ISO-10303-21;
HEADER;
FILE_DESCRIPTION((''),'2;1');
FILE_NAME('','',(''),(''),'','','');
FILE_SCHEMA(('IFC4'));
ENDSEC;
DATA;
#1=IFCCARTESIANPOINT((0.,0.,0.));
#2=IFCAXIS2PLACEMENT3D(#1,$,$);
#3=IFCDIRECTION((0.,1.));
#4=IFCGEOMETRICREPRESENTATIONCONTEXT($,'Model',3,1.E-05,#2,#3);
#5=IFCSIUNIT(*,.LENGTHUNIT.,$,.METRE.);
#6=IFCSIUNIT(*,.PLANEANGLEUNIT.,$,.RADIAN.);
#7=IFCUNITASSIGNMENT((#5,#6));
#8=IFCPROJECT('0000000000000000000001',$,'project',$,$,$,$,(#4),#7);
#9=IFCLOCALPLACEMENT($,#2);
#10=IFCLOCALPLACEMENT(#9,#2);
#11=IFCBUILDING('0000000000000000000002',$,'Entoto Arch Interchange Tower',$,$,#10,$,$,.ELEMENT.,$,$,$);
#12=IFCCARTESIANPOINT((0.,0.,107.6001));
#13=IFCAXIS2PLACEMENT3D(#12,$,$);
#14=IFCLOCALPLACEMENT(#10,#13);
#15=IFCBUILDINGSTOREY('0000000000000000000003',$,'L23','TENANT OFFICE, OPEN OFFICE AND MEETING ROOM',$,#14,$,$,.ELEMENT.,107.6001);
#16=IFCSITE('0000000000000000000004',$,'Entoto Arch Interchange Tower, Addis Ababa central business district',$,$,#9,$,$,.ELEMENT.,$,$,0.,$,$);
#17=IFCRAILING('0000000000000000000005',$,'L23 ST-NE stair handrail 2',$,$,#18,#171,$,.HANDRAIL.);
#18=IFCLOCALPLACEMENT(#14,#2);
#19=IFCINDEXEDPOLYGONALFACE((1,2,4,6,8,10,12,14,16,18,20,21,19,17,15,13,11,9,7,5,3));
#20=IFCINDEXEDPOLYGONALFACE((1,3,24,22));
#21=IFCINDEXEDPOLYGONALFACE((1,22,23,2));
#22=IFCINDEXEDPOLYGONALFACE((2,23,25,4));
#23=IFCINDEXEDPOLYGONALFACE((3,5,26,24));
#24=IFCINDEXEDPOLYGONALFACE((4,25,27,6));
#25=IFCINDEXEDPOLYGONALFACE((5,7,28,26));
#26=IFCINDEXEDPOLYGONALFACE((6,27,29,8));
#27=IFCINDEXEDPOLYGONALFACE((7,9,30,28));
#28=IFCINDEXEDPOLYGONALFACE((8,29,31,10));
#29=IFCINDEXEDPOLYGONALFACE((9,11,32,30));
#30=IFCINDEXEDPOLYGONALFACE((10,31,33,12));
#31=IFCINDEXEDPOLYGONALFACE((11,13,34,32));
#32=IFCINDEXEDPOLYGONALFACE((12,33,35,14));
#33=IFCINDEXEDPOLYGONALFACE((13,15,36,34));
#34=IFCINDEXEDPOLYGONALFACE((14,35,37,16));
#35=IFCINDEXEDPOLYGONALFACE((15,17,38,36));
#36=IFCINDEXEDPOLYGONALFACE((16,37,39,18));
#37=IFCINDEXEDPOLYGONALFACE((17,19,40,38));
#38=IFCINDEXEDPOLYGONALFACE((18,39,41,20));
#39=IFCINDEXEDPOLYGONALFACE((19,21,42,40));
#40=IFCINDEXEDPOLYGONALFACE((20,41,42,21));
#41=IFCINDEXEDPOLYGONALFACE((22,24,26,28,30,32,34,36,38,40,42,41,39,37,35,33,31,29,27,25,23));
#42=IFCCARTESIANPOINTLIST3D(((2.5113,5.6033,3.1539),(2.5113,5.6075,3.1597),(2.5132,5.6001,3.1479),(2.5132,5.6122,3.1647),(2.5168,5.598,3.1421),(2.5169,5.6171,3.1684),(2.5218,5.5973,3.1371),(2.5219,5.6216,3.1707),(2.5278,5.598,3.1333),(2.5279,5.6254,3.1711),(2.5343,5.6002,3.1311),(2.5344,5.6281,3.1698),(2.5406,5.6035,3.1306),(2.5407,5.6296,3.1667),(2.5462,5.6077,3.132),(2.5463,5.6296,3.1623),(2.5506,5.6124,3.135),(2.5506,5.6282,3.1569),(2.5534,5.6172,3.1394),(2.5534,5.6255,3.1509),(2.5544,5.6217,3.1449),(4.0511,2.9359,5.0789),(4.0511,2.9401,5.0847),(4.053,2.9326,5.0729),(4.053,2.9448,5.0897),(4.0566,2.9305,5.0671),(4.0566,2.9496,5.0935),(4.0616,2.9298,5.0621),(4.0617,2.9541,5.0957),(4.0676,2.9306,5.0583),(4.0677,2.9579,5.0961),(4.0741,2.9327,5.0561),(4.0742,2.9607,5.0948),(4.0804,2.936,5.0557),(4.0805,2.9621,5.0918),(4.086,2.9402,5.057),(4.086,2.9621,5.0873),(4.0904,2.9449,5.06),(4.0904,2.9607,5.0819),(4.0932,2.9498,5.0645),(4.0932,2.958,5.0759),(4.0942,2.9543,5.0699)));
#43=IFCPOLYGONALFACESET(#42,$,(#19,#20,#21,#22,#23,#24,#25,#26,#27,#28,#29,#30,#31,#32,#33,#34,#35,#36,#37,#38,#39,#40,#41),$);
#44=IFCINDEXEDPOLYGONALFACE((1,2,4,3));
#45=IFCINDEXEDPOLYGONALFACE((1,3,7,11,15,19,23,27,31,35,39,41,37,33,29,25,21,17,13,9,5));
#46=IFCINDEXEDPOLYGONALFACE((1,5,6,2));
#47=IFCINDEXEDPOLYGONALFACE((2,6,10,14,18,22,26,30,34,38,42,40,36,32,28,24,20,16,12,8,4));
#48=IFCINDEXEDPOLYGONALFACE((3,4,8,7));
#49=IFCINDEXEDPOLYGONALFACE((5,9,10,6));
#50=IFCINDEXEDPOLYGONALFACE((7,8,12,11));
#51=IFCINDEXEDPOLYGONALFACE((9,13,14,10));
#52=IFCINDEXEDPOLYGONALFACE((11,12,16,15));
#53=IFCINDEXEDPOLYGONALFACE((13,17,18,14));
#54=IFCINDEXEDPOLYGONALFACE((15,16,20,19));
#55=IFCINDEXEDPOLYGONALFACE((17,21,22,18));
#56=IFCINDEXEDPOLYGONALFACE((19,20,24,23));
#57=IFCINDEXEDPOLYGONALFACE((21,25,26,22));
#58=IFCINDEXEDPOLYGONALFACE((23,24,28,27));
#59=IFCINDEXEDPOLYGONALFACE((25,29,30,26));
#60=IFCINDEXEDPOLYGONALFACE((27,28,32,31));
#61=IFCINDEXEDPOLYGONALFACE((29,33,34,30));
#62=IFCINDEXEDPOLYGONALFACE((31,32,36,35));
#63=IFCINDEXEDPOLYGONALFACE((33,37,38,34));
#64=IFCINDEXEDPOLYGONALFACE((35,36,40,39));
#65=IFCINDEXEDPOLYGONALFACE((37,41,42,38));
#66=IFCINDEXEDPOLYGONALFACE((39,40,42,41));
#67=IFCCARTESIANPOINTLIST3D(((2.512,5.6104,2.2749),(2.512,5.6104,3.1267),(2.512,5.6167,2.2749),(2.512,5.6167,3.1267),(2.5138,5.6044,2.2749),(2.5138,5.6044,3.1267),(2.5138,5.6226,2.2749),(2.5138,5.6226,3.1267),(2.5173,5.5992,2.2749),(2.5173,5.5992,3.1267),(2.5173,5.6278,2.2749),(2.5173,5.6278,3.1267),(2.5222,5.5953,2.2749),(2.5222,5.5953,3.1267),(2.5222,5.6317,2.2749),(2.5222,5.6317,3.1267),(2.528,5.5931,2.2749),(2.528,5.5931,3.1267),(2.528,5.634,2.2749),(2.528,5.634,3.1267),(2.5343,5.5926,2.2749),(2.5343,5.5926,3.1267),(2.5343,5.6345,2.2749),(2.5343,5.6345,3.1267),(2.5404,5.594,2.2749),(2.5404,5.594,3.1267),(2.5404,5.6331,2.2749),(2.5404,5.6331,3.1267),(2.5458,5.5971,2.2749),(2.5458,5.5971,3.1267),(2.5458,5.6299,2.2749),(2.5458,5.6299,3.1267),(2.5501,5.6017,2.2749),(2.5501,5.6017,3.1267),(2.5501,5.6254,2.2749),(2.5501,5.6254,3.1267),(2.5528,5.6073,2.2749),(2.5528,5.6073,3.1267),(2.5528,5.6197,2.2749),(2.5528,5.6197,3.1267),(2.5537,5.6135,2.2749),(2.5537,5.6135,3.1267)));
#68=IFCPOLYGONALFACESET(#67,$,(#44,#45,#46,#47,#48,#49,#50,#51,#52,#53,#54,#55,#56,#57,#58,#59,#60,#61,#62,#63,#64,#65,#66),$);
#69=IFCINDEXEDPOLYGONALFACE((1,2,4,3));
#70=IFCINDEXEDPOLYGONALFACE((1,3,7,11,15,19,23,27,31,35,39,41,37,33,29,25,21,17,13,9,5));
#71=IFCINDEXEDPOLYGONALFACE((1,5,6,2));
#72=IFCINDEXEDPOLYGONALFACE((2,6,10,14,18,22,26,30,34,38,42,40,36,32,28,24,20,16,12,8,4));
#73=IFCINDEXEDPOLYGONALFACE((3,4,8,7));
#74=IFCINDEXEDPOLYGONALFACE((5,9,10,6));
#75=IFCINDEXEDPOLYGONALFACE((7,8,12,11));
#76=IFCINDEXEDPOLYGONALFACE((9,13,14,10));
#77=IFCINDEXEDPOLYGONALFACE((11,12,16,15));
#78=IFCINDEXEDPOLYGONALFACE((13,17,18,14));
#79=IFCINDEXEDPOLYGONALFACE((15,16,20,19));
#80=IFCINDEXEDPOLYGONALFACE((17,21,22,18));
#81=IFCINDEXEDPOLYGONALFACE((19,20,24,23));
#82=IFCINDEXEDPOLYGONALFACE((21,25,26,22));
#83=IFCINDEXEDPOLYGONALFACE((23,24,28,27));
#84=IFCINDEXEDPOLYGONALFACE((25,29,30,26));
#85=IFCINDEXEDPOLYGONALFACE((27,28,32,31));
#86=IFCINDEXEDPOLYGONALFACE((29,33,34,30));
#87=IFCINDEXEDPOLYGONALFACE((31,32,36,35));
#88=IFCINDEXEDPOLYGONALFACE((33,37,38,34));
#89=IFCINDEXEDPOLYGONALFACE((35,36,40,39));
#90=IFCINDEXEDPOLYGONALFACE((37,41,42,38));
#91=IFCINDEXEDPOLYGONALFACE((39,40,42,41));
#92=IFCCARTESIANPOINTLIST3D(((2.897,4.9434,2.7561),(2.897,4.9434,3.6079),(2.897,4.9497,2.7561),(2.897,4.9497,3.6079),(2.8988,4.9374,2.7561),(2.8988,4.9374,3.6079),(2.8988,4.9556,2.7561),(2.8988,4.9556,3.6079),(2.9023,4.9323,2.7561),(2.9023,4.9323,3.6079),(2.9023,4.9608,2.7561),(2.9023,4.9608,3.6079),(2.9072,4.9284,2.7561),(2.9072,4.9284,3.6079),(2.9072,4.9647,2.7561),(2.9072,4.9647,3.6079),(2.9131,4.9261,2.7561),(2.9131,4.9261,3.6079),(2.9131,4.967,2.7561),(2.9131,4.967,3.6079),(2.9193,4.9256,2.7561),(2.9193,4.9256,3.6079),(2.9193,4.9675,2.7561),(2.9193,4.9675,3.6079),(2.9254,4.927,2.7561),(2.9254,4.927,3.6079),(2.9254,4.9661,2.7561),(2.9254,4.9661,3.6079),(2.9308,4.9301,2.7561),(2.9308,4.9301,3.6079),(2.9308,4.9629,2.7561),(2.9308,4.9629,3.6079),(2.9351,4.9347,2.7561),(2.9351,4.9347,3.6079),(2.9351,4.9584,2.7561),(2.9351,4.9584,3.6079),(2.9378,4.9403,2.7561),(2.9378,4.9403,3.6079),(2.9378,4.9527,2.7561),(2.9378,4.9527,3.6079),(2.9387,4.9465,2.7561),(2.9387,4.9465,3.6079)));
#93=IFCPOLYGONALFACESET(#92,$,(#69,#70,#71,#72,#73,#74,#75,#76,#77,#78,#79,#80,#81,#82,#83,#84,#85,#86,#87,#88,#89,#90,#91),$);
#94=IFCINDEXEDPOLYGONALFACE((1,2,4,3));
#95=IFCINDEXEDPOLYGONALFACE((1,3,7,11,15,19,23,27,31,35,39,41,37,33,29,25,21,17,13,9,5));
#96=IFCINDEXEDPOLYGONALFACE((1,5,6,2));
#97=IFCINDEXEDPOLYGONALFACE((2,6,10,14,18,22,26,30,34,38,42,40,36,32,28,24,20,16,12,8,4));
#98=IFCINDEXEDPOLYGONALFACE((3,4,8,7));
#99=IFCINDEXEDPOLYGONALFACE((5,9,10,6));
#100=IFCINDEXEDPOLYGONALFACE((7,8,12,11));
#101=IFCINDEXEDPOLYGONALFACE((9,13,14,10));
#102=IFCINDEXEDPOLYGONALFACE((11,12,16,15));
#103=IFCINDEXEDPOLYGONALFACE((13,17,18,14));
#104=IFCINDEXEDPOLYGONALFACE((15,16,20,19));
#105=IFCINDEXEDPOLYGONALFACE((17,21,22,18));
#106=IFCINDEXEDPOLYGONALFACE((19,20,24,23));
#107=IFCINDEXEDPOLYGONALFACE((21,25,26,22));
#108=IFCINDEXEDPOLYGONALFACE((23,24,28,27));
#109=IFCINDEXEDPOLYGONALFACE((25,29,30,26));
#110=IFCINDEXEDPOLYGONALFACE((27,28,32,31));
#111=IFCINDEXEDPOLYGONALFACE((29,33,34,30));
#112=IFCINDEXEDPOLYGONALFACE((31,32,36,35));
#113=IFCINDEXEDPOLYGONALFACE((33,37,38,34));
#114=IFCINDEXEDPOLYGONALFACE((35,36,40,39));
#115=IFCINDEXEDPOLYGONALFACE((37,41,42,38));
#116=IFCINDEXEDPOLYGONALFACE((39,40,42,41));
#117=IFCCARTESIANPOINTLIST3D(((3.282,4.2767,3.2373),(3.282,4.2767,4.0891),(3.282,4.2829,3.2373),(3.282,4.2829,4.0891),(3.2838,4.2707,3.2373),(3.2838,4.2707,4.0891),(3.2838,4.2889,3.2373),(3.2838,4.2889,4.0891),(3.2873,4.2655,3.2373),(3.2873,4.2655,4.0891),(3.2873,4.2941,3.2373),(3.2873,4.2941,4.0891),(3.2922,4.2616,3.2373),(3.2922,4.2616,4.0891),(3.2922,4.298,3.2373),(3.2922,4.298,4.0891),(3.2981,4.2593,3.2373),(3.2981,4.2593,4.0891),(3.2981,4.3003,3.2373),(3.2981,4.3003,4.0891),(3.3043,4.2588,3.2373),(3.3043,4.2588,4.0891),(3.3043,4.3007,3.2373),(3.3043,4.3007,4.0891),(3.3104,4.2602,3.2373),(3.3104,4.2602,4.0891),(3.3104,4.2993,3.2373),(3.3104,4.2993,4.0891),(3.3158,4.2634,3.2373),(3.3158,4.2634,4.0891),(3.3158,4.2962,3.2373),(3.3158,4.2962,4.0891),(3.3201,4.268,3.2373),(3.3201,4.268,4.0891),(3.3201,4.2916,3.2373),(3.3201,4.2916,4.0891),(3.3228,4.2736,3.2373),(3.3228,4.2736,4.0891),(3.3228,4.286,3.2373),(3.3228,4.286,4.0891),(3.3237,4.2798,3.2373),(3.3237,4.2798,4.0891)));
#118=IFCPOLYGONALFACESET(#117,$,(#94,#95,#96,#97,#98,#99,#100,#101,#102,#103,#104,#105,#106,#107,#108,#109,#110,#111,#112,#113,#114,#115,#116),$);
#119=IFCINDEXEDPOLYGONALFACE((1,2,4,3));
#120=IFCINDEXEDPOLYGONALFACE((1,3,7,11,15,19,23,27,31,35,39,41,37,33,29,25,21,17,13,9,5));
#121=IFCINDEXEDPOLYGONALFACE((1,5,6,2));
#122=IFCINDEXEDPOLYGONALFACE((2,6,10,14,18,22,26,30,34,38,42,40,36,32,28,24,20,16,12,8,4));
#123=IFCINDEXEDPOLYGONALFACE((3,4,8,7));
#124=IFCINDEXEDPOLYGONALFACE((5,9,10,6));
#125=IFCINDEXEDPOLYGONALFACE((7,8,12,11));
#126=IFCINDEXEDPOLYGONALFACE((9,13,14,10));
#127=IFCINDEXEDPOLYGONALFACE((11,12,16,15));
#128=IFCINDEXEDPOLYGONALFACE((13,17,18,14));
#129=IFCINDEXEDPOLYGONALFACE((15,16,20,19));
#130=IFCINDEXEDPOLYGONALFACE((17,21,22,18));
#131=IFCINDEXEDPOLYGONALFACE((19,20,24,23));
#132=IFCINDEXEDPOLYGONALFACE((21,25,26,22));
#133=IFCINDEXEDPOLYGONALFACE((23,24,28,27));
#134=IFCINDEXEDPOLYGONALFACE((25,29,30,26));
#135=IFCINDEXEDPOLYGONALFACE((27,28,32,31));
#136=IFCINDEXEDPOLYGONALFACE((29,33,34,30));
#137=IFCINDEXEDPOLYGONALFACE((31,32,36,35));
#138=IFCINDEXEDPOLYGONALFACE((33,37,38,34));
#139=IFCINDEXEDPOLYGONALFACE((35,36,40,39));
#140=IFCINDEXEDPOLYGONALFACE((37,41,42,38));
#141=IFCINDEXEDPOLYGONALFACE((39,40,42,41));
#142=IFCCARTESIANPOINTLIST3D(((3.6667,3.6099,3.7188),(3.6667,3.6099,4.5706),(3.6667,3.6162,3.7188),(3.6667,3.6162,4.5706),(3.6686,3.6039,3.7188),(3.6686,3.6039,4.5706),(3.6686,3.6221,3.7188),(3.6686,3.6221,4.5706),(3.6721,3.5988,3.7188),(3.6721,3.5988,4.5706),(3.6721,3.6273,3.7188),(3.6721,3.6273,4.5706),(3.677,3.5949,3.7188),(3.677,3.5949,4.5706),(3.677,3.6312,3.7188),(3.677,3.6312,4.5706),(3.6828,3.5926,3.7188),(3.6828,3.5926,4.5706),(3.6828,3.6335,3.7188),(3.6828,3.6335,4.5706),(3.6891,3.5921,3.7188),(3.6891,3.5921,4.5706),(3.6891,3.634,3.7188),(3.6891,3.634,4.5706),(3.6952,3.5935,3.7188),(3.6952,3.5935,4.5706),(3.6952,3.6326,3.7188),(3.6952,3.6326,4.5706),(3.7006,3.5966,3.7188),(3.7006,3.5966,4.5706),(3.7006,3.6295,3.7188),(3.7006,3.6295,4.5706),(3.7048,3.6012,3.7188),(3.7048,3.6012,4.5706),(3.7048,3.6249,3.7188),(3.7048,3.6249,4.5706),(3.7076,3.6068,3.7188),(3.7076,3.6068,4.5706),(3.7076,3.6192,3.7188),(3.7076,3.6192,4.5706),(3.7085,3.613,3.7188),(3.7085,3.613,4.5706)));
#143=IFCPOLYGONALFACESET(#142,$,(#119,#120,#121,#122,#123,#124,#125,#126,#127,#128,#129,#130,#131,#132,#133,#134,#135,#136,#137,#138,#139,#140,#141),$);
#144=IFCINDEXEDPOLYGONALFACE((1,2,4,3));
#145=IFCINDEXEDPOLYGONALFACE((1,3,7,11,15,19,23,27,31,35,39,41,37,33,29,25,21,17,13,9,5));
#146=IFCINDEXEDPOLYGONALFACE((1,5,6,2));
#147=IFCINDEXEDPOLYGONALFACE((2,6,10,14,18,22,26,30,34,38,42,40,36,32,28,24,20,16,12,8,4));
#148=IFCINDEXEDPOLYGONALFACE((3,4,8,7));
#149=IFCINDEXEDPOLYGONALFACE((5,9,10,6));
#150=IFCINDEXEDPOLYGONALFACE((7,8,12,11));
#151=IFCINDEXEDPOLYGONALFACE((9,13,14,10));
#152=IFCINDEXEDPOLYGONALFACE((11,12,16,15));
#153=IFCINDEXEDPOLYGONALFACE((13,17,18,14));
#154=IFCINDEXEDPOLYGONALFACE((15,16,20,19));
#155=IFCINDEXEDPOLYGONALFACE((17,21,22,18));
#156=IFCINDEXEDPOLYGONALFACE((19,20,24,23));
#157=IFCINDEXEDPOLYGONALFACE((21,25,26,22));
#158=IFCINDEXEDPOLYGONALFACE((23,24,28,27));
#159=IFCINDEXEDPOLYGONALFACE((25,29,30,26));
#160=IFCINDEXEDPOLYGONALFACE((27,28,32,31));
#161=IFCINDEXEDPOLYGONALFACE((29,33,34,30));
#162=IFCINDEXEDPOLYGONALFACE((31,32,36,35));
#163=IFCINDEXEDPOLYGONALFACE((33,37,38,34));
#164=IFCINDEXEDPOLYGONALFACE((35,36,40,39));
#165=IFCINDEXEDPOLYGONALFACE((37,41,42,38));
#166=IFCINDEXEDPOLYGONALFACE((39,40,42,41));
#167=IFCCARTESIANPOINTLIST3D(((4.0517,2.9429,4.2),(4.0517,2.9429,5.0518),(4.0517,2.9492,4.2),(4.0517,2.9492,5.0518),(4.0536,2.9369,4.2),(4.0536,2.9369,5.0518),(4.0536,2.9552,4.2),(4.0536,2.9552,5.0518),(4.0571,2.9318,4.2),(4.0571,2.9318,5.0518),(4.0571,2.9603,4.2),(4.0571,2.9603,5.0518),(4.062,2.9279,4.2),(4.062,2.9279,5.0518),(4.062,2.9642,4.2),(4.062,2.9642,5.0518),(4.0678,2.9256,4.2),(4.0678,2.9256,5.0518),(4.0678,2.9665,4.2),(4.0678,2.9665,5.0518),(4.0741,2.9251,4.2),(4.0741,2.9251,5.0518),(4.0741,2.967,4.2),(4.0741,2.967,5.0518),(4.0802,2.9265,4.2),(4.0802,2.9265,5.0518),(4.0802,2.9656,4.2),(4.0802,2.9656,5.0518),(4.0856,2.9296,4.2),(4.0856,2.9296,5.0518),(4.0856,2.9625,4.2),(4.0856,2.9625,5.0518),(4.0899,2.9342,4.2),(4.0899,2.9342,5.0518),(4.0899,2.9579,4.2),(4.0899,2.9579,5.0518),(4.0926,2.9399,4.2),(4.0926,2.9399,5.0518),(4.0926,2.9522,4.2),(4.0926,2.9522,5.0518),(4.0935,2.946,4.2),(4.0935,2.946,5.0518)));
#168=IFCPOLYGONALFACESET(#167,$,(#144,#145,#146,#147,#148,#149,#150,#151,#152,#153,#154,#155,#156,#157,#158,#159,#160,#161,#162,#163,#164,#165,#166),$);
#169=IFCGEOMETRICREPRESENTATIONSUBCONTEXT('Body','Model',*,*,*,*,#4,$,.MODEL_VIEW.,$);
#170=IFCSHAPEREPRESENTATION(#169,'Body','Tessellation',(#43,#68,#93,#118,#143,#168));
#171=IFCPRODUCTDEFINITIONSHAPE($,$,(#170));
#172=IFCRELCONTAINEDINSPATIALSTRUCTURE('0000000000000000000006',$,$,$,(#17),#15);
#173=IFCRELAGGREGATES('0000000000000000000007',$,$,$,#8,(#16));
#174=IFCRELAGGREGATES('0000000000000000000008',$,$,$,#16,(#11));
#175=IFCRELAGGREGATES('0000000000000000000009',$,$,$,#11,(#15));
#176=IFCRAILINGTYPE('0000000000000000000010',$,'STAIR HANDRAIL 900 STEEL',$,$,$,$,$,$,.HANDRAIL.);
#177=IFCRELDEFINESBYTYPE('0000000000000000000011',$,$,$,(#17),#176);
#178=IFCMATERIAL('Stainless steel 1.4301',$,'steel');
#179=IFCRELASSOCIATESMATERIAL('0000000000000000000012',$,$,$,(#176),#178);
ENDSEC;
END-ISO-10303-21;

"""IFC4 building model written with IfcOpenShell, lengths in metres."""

from ifc_helpers import new_model, si_unit, direction, frame, origin, origin_2d, place, context, subcontext, project, spatial, circle, extrude, material, type_object, element, save


model = new_model("IFC4")

# Units and contexts
model_context = context("Model", 3, precision=1e-05, world=origin(), true_north=direction((0.0, 1.0)))
body_context = subcontext(model_context, "Body", "Model", "MODEL_VIEW")
ifc_project = project(units=[si_unit("LENGTHUNIT", "METRE"), si_unit("PLANEANGLEUNIT", "RADIAN")], contexts=[model_context])

# Site, building, storey
site_placement = place(None, origin())
site = spatial("IfcSite", under=ifc_project, at=site_placement, Name="Entoto Arch Interchange Tower, Addis Ababa central business district", CompositionType="ELEMENT", RefElevation=0.0)
building_placement = place(site_placement, origin())
building = spatial("IfcBuilding", under=site, at=building_placement, Name="Entoto Arch Interchange Tower", CompositionType="ELEMENT")
storey_placement = place(building_placement, frame((0.0, 0.0, 107.6001)))
storey = spatial("IfcBuildingStorey", under=building, at=storey_placement, Name="L23", Description="TENANT OFFICE, OPEN OFFICE AND MEETING ROOM", CompositionType="ELEMENT", Elevation=107.6001)

# Railing
ifc_material_1 = material(Name="Stainless steel 1.4301", Category="steel")
railing_type_1 = type_object("IfcRailingType", Name="STAIR HANDRAIL 900 STEEL", PredefinedType="HANDRAIL", material=ifc_material_1)
railing_1_placement = place(storey_placement, frame((2.5327, 5.6135, 2.2749)))
element("IfcRailing", 1, at=railing_1_placement, inside=storey, type_object=railing_type_1, Name="L23 ST-NE stair handrail 2", PredefinedType="HANDRAIL", context=body_context, shape_type="SweptSolid", body=[
    extrude(circle(Radius=0.0239, at=origin_2d()), frame((0.0, 0.0, 0.876), z_axis=(0.423939, -0.734416, 0.530008), x_axis=(0.866064, 0.499933, 0.0)), (0.0, 0.0, 1.0), 3.6321),
    extrude(circle(Radius=0.021, at=origin_2d()), origin(), (0.0, 0.0, 1.0), 0.8518),
    extrude(circle(Radius=0.021, at=origin_2d()), frame((0.385, -0.667, 0.4812)), (0.0, 0.0, 1.0), 0.8518),
    extrude(circle(Radius=0.021, at=origin_2d()), frame((0.77, -1.3337, 0.9624)), (0.0, 0.0, 1.0), 0.8518),
    extrude(circle(Radius=0.021, at=origin_2d()), frame((1.1548, -2.0005, 1.4438)), (0.0, 0.0, 1.0), 0.8518),
    extrude(circle(Radius=0.021, at=origin_2d()), frame((1.5398, -2.6675, 1.925)), (0.0, 0.0, 1.0), 0.8518),
])

save(model, "model.ifc")
